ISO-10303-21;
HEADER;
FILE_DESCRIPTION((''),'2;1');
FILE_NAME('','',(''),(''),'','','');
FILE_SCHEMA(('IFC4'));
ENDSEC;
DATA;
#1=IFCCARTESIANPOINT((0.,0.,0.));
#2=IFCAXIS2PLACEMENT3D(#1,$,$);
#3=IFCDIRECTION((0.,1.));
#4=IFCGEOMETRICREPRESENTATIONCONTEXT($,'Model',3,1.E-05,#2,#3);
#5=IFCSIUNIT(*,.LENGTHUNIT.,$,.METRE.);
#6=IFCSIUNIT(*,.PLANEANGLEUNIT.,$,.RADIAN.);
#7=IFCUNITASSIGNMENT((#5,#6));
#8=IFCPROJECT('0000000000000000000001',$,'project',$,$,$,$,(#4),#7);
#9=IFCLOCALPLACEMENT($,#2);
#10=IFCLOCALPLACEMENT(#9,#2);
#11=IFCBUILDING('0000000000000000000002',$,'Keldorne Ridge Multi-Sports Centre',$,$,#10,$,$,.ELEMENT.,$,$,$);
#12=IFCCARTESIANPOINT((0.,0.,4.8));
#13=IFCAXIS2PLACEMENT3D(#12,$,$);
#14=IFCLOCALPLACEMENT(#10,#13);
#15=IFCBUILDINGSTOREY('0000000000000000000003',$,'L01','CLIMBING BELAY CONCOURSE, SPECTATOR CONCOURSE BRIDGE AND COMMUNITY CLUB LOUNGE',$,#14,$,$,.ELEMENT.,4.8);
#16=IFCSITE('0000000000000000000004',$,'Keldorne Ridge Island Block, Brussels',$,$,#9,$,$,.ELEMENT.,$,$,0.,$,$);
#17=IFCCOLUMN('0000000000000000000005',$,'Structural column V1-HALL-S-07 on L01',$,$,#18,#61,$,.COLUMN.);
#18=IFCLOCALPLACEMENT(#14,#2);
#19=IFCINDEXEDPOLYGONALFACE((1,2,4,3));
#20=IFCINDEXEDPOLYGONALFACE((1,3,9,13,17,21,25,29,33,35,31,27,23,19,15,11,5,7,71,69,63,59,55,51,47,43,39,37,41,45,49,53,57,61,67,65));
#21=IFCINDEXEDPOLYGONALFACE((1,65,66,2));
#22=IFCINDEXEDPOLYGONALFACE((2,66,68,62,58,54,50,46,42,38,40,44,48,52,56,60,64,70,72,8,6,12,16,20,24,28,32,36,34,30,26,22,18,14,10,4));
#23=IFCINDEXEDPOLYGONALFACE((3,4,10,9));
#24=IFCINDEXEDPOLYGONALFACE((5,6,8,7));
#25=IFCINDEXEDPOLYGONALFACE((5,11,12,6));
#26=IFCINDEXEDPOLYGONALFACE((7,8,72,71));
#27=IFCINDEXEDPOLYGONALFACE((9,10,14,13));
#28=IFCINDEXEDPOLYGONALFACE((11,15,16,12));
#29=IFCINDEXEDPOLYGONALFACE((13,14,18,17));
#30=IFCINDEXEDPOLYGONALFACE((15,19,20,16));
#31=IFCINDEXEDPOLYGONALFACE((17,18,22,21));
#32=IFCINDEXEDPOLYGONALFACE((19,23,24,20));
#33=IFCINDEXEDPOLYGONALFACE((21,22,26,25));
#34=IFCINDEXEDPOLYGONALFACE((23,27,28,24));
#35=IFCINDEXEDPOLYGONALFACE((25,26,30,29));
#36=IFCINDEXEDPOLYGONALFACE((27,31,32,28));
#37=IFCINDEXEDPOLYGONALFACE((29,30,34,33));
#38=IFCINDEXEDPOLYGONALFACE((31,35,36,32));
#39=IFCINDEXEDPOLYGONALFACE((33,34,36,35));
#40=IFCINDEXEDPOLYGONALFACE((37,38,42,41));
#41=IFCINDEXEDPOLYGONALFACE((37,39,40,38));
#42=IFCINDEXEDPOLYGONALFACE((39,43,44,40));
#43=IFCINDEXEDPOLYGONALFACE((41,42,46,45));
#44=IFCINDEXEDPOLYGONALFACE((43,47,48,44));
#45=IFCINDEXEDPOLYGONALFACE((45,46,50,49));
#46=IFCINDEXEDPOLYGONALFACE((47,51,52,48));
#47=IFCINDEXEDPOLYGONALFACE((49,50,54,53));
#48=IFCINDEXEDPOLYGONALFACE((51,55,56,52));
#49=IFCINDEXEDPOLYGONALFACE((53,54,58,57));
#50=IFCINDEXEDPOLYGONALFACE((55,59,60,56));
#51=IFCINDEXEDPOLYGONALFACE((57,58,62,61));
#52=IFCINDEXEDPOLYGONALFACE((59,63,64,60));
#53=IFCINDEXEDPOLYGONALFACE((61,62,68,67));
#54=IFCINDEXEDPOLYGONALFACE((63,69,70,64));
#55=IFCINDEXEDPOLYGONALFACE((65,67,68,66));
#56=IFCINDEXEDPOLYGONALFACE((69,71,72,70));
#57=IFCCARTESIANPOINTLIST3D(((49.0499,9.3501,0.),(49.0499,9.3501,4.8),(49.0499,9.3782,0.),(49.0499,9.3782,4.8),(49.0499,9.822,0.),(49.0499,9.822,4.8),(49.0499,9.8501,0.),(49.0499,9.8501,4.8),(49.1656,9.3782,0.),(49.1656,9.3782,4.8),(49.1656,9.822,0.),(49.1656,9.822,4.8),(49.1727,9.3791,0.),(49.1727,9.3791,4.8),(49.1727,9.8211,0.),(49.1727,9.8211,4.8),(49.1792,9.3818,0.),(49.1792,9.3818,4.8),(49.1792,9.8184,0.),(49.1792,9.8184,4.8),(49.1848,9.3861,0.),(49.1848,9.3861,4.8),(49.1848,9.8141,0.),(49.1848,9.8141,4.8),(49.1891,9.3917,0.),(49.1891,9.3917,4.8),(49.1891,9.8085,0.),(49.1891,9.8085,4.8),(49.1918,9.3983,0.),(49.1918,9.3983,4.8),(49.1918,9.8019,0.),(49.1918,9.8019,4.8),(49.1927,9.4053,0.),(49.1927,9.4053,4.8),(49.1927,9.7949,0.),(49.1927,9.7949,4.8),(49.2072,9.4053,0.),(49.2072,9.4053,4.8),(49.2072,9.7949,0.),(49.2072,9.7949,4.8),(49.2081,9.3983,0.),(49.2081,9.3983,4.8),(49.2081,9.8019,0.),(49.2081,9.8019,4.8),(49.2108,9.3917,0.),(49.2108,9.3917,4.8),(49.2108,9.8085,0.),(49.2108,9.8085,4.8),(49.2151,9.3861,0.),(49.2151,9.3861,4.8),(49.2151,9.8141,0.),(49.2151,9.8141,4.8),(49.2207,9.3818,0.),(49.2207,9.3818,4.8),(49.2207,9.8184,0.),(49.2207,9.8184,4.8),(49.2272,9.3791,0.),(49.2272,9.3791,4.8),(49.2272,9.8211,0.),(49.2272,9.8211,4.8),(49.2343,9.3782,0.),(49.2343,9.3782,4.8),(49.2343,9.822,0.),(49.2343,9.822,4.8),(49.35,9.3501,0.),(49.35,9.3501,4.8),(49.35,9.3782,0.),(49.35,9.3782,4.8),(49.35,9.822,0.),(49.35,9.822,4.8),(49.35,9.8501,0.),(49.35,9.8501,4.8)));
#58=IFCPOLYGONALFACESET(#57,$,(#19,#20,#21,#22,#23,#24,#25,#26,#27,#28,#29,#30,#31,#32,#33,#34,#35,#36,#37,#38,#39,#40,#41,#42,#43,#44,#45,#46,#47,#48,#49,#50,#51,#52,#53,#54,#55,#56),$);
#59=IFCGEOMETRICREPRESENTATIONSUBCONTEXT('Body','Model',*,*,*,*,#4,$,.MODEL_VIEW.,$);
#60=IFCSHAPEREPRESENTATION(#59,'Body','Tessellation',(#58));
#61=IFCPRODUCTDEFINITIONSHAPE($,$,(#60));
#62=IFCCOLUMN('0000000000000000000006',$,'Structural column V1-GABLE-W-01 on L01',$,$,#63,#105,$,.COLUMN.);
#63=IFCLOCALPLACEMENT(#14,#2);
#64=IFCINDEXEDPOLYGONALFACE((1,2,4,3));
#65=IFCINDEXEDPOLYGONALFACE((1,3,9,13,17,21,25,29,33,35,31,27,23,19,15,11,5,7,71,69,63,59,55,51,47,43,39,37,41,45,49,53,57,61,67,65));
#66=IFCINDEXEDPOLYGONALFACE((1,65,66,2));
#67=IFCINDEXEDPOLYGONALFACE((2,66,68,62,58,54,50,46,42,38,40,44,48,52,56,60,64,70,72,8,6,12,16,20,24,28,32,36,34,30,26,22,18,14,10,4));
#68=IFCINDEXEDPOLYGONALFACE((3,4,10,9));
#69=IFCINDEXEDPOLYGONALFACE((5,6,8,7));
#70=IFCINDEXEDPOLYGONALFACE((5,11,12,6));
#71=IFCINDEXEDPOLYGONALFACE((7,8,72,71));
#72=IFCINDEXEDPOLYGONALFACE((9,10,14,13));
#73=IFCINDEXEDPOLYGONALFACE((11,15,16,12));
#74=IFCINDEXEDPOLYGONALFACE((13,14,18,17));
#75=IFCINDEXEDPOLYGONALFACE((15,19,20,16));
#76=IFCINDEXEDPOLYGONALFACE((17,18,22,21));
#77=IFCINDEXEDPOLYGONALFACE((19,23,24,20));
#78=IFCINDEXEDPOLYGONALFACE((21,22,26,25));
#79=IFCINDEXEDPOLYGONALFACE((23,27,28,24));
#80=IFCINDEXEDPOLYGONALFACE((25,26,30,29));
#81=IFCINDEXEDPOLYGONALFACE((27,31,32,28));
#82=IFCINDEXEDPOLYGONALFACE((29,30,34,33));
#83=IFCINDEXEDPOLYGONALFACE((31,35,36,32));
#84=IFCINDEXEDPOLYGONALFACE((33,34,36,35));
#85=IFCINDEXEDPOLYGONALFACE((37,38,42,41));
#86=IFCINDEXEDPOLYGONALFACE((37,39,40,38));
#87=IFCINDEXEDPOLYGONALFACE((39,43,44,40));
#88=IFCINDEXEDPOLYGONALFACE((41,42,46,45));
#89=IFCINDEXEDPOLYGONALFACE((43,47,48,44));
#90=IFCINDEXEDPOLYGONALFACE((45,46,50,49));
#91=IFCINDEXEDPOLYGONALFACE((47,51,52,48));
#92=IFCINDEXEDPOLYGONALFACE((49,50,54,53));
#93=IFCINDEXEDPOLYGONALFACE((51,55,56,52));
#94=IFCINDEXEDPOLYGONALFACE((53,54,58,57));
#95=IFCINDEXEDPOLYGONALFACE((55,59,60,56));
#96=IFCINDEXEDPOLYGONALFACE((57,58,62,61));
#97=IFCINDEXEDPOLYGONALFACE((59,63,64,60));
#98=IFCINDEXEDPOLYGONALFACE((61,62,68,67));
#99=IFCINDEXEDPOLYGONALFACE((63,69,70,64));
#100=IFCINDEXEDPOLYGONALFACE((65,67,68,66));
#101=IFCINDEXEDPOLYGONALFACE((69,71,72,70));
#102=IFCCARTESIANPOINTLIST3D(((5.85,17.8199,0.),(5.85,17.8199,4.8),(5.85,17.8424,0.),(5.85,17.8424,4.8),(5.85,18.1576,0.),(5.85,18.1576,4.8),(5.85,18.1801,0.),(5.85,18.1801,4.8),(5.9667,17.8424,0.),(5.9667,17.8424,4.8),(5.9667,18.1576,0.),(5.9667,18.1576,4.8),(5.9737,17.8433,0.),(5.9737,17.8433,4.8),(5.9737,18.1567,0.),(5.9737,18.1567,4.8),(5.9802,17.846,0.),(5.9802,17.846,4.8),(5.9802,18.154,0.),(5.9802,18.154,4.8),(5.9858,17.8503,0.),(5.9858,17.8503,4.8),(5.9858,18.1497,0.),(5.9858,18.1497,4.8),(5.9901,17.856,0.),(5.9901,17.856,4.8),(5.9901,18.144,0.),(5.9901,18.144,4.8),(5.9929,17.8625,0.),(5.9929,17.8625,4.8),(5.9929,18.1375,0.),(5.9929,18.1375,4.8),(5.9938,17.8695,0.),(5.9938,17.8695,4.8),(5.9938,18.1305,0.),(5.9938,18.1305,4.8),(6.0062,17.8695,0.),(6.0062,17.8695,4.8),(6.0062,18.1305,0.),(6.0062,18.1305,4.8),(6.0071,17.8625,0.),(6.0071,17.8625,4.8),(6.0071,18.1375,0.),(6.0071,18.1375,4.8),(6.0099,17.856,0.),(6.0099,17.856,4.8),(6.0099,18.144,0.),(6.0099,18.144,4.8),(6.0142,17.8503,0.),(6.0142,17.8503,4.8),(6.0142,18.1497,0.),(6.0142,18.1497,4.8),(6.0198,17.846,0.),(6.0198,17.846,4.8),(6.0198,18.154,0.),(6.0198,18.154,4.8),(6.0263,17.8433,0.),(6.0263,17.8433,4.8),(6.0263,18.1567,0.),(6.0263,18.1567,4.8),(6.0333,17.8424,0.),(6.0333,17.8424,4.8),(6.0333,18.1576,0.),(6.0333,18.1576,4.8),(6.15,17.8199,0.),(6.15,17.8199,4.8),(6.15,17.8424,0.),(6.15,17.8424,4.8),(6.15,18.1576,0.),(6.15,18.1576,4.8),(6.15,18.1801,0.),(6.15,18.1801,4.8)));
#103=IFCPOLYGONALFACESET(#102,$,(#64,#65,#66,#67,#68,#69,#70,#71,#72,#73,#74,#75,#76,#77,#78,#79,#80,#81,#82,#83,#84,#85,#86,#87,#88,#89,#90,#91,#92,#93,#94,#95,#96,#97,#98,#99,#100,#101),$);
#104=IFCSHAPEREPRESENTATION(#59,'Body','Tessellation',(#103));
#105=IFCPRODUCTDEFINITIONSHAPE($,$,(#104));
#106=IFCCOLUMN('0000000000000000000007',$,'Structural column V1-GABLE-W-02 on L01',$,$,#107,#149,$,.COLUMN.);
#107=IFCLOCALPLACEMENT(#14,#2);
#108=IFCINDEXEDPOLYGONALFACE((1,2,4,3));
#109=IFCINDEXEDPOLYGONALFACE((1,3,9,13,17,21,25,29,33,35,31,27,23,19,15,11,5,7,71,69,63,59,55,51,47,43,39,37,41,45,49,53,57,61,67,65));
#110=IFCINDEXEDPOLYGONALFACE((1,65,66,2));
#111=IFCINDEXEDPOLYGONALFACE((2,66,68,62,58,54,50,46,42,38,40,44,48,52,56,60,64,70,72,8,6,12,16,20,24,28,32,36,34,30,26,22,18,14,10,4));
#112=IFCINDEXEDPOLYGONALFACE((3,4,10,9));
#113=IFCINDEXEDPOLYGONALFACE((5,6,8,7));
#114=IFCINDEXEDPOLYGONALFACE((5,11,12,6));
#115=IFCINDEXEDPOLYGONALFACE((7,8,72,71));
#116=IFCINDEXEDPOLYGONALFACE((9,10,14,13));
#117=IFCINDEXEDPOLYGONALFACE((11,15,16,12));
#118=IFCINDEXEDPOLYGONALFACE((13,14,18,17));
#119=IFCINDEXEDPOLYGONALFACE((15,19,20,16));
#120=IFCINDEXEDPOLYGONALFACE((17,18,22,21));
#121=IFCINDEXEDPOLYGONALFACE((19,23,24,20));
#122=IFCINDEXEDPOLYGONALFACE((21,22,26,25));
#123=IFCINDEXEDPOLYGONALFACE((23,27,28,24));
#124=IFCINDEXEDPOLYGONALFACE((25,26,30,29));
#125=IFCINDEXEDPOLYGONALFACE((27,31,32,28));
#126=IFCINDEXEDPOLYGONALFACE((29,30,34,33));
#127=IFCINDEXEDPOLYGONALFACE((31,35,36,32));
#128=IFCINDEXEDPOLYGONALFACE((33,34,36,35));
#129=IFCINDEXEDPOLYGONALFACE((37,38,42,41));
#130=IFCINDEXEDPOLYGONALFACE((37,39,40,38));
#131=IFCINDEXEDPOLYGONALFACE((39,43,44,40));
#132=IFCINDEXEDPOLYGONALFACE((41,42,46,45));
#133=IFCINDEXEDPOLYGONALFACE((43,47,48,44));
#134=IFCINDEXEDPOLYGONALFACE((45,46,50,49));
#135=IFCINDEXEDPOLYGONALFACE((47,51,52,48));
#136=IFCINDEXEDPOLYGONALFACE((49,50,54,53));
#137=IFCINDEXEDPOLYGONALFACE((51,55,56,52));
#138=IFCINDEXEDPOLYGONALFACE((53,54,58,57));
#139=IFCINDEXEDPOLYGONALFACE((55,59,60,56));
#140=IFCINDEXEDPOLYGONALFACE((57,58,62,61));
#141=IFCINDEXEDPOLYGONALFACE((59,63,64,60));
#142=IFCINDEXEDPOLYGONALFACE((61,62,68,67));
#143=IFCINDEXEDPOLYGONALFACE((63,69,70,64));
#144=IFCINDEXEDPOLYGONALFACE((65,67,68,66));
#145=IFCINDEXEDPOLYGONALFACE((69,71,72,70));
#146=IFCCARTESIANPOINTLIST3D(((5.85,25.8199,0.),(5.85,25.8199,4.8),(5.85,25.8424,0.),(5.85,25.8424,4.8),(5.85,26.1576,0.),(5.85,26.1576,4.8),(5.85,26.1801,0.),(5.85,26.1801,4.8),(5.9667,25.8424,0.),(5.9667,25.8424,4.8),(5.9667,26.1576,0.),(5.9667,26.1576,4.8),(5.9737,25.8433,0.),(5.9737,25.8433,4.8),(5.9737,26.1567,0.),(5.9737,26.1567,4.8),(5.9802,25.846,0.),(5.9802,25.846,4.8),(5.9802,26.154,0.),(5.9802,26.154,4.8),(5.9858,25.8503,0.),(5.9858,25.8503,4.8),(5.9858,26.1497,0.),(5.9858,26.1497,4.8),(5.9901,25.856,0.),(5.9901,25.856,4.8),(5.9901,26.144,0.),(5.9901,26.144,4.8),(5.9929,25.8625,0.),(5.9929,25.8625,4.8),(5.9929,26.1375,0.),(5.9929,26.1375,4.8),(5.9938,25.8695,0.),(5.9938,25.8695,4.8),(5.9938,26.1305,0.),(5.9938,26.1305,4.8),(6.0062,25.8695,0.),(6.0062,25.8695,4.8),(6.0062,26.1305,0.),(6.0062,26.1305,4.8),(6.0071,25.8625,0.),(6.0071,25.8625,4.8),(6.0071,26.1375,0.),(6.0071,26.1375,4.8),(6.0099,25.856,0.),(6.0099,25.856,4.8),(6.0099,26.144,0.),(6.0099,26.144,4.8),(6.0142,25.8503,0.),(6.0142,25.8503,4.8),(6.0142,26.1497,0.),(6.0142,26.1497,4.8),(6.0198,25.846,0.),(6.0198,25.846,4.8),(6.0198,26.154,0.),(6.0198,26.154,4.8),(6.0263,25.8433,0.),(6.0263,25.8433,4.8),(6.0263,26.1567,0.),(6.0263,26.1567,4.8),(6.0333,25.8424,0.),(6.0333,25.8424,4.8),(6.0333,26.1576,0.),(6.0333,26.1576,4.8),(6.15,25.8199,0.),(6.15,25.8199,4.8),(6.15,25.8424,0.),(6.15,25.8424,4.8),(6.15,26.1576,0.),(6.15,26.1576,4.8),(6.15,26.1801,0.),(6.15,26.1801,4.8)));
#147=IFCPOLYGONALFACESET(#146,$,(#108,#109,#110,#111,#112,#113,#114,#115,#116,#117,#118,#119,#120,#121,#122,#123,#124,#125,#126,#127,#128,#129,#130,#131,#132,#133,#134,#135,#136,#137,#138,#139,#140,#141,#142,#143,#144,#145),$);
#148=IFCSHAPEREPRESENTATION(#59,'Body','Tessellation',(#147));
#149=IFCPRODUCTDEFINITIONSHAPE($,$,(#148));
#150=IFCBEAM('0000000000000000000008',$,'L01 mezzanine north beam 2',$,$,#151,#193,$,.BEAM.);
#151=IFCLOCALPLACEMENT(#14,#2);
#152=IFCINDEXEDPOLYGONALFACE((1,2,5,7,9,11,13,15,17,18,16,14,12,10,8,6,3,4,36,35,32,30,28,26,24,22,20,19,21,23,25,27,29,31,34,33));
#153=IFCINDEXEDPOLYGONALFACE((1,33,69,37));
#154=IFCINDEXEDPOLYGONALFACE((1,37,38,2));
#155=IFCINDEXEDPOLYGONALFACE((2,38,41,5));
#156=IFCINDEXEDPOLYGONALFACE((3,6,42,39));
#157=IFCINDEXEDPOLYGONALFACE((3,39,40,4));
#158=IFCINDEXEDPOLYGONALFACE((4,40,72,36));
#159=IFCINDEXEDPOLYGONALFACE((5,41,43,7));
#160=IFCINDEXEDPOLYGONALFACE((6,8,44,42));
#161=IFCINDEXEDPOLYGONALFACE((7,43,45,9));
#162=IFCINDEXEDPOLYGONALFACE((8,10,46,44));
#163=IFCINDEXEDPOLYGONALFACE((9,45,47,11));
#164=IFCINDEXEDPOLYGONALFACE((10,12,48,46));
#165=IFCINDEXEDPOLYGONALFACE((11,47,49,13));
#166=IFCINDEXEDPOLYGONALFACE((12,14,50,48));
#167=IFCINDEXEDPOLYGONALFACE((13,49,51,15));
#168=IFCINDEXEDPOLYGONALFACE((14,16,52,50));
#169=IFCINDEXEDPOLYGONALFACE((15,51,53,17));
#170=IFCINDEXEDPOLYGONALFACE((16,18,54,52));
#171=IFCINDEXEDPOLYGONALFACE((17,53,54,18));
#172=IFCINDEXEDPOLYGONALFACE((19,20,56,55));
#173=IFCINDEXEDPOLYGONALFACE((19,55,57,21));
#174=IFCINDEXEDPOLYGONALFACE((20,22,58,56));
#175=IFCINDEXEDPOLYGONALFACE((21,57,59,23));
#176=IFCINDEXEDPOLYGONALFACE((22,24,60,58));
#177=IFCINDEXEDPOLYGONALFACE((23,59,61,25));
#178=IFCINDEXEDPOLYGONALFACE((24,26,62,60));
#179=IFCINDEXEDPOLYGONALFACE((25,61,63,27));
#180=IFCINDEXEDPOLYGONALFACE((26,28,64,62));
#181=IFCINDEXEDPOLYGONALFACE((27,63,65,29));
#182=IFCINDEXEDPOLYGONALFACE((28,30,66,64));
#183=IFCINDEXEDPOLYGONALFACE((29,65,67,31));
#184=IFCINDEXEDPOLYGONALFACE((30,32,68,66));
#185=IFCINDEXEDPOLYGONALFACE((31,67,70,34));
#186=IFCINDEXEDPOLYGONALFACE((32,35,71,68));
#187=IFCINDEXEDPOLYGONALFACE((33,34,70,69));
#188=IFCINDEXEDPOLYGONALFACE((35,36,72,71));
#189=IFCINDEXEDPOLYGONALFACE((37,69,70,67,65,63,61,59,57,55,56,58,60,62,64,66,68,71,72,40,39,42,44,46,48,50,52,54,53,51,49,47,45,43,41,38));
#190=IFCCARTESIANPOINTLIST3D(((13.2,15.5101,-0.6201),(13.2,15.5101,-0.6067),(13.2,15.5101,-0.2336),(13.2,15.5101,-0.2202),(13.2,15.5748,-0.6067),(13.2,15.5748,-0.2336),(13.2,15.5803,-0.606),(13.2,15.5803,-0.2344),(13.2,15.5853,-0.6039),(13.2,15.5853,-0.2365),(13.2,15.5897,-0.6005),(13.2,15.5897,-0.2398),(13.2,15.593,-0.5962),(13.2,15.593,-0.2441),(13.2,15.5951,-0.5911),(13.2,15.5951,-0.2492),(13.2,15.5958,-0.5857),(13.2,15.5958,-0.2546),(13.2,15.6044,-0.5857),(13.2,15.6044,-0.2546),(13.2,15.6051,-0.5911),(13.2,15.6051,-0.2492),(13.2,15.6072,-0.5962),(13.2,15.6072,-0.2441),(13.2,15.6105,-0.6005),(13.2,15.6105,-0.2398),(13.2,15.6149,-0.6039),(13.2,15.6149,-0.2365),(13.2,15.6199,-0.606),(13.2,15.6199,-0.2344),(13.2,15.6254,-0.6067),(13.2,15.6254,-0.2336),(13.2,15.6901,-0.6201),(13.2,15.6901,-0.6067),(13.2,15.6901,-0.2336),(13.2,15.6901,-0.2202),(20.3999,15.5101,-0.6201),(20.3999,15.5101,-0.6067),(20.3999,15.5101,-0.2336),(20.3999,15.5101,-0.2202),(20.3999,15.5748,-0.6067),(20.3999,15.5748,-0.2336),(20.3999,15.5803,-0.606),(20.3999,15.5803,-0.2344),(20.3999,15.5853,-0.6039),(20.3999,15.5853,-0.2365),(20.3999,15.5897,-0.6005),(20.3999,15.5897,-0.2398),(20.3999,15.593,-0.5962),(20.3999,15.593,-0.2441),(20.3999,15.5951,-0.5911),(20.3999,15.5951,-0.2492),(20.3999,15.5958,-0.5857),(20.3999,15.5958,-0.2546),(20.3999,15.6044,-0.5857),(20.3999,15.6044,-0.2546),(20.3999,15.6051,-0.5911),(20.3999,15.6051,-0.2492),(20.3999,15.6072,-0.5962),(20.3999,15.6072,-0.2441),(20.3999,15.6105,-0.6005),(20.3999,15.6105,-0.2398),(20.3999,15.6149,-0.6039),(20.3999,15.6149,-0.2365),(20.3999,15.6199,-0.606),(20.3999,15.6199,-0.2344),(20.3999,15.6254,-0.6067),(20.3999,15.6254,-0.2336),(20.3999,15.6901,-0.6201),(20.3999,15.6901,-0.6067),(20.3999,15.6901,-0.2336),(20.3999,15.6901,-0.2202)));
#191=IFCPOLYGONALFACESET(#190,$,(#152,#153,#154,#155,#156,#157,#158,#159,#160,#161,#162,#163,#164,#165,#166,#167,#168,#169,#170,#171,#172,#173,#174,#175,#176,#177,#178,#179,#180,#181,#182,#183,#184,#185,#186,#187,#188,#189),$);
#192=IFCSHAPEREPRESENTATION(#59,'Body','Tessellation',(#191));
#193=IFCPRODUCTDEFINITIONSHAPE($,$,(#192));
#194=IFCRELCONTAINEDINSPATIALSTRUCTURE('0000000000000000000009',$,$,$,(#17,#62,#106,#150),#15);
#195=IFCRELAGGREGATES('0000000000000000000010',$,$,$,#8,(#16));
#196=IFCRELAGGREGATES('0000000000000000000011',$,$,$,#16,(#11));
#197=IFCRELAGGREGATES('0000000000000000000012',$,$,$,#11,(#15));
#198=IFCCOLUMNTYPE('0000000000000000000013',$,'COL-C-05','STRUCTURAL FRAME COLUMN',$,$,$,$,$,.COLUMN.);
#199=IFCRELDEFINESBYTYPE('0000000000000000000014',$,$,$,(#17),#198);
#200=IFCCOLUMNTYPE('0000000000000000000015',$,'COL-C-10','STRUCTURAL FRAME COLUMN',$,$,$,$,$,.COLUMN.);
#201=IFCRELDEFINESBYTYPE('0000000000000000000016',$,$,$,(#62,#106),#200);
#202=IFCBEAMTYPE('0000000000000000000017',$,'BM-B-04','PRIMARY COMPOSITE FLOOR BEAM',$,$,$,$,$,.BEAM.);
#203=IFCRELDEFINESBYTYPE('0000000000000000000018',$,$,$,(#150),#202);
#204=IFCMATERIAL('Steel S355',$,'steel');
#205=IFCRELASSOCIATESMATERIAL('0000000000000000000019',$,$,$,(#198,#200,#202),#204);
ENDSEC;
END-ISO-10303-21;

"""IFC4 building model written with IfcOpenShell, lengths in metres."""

from ifc_helpers import new_model, si_unit, direction, frame, origin, origin_2d, place, context, subcontext, project, spatial, i_section, extrude, material, material_profile, profile_set, type_object, element, save


model = new_model("IFC4")

# Units and contexts
model_context = context("Model", 3, precision=1e-05, world=origin(), true_north=direction((0.0, 1.0)))
body_context = subcontext(model_context, "Body", "Model", "MODEL_VIEW")
ifc_project = project(units=[si_unit("LENGTHUNIT", "METRE"), si_unit("PLANEANGLEUNIT", "RADIAN")], contexts=[model_context])

# Site, building, storey
site_placement = place(None, origin())
site = spatial("IfcSite", under=ifc_project, at=site_placement, Name="Keldorne Ridge Island Block, Brussels", CompositionType="ELEMENT", RefElevation=0.0)
building_placement = place(site_placement, origin())
building = spatial("IfcBuilding", under=site, at=building_placement, Name="Keldorne Ridge Multi-Sports Centre", CompositionType="ELEMENT")
storey_placement = place(building_placement, frame((0.0, 0.0, 4.8)))
storey = spatial("IfcBuildingStorey", under=building, at=storey_placement, Name="L01", Description="CLIMBING BELAY CONCOURSE, SPECTATOR CONCOURSE BRIDGE AND COMMUNITY CLUB LOUNGE", CompositionType="ELEMENT", Elevation=4.8)

# Columns
ifc_material_1 = material(Name="Steel S355", Category="steel")
ifc_material_profile_1 = material_profile(ifc_material_1, i_section(OverallWidth=0.3, OverallDepth=0.5, WebThickness=0.0144, FlangeThickness=0.0281, FilletRadius=0.0271, at=origin_2d()), Name="HEB 500")
ifc_profile_set_1 = profile_set([ifc_material_profile_1], Name="Steel S355")
column_type_1 = type_object("IfcColumnType", Name="COL-C-05", Description="STRUCTURAL FRAME COLUMN", PredefinedType="COLUMN", material=ifc_profile_set_1)
column_placement = place(storey_placement, frame((49.2, 9.6001, 0.0), z_axis=(0.0, 0.0, 1.0), x_axis=(1.0, 0.0, 0.0)))
element("IfcColumn", 1, at=column_placement, inside=storey, type_object=column_type_1, Name="Structural column V1-HALL-S-07 on L01", PredefinedType="COLUMN", context=body_context, shape_type="SweptSolid", body=[
    extrude(i_section(OverallWidth=0.3, OverallDepth=0.5, WebThickness=0.0144, FlangeThickness=0.0281, FilletRadius=0.0271, at=origin_2d()), origin(), (0.0, 0.0, 1.0), 4.8),
])
ifc_material_profile_2 = material_profile(ifc_material_1, i_section(OverallWidth=0.3, OverallDepth=0.3601, WebThickness=0.0125, FlangeThickness=0.0225, FilletRadius=0.0271, at=origin_2d()), Name="HEB 360")
ifc_profile_set_2 = profile_set([ifc_material_profile_2], Name="Steel S355")
column_type_2 = type_object("IfcColumnType", Name="COL-C-10", Description="STRUCTURAL FRAME COLUMN", PredefinedType="COLUMN", material=ifc_profile_set_2)
for number, where, z_axis, x_axis, name in (
    (2, (6.0, 18.0, 0.0), (0.0, 0.0, 1.0), (1.0, 0.0, 0.0), "Structural column V1-GABLE-W-01 on L01"),
    (3, (6.0, 26.0, 0.0), (0.0, 0.0, 1.0), (1.0, 0.0, 0.0), "Structural column V1-GABLE-W-02 on L01"),
):
    element("IfcColumn", number, at=place(storey_placement, frame(where, z_axis=z_axis, x_axis=x_axis)), inside=storey, type_object=column_type_2, Name=name, PredefinedType="COLUMN", context=body_context, shape_type="SweptSolid", body=[
        extrude(i_section(OverallWidth=0.3, OverallDepth=0.3601, WebThickness=0.0125, FlangeThickness=0.0225, FilletRadius=0.0271, at=origin_2d()), origin(), (0.0, 0.0, 1.0), 4.8),
    ])

# Beam
ifc_material_profile_3 = material_profile(ifc_material_1, i_section(OverallWidth=0.1799, OverallDepth=0.3999, WebThickness=0.0085, FlangeThickness=0.0134, FilletRadius=0.021, at=origin_2d()), Name="IPE 400")
ifc_profile_set_3 = profile_set([ifc_material_profile_3], Name="Steel S355")
beam_type_1 = type_object("IfcBeamType", Name="BM-B-04", Description="PRIMARY COMPOSITE FLOOR BEAM", PredefinedType="BEAM", material=ifc_profile_set_3)
beam_1_placement = place(storey_placement, frame((13.2, 15.6001, -0.4202), z_axis=(1.0, 0.0, 0.0), x_axis=(0.0, 1.0, 0.0)))
element("IfcBeam", 4, at=beam_1_placement, inside=storey, type_object=beam_type_1, Name="L01 mezzanine north beam 2", PredefinedType="BEAM", context=body_context, shape_type="SweptSolid", body=[
    extrude(i_section(OverallWidth=0.1799, OverallDepth=0.3999, WebThickness=0.0085, FlangeThickness=0.0134, FilletRadius=0.021, at=origin_2d()), origin(), (0.0, 0.0, 1.0), 7.2),
])

save(model, "model.ifc")
